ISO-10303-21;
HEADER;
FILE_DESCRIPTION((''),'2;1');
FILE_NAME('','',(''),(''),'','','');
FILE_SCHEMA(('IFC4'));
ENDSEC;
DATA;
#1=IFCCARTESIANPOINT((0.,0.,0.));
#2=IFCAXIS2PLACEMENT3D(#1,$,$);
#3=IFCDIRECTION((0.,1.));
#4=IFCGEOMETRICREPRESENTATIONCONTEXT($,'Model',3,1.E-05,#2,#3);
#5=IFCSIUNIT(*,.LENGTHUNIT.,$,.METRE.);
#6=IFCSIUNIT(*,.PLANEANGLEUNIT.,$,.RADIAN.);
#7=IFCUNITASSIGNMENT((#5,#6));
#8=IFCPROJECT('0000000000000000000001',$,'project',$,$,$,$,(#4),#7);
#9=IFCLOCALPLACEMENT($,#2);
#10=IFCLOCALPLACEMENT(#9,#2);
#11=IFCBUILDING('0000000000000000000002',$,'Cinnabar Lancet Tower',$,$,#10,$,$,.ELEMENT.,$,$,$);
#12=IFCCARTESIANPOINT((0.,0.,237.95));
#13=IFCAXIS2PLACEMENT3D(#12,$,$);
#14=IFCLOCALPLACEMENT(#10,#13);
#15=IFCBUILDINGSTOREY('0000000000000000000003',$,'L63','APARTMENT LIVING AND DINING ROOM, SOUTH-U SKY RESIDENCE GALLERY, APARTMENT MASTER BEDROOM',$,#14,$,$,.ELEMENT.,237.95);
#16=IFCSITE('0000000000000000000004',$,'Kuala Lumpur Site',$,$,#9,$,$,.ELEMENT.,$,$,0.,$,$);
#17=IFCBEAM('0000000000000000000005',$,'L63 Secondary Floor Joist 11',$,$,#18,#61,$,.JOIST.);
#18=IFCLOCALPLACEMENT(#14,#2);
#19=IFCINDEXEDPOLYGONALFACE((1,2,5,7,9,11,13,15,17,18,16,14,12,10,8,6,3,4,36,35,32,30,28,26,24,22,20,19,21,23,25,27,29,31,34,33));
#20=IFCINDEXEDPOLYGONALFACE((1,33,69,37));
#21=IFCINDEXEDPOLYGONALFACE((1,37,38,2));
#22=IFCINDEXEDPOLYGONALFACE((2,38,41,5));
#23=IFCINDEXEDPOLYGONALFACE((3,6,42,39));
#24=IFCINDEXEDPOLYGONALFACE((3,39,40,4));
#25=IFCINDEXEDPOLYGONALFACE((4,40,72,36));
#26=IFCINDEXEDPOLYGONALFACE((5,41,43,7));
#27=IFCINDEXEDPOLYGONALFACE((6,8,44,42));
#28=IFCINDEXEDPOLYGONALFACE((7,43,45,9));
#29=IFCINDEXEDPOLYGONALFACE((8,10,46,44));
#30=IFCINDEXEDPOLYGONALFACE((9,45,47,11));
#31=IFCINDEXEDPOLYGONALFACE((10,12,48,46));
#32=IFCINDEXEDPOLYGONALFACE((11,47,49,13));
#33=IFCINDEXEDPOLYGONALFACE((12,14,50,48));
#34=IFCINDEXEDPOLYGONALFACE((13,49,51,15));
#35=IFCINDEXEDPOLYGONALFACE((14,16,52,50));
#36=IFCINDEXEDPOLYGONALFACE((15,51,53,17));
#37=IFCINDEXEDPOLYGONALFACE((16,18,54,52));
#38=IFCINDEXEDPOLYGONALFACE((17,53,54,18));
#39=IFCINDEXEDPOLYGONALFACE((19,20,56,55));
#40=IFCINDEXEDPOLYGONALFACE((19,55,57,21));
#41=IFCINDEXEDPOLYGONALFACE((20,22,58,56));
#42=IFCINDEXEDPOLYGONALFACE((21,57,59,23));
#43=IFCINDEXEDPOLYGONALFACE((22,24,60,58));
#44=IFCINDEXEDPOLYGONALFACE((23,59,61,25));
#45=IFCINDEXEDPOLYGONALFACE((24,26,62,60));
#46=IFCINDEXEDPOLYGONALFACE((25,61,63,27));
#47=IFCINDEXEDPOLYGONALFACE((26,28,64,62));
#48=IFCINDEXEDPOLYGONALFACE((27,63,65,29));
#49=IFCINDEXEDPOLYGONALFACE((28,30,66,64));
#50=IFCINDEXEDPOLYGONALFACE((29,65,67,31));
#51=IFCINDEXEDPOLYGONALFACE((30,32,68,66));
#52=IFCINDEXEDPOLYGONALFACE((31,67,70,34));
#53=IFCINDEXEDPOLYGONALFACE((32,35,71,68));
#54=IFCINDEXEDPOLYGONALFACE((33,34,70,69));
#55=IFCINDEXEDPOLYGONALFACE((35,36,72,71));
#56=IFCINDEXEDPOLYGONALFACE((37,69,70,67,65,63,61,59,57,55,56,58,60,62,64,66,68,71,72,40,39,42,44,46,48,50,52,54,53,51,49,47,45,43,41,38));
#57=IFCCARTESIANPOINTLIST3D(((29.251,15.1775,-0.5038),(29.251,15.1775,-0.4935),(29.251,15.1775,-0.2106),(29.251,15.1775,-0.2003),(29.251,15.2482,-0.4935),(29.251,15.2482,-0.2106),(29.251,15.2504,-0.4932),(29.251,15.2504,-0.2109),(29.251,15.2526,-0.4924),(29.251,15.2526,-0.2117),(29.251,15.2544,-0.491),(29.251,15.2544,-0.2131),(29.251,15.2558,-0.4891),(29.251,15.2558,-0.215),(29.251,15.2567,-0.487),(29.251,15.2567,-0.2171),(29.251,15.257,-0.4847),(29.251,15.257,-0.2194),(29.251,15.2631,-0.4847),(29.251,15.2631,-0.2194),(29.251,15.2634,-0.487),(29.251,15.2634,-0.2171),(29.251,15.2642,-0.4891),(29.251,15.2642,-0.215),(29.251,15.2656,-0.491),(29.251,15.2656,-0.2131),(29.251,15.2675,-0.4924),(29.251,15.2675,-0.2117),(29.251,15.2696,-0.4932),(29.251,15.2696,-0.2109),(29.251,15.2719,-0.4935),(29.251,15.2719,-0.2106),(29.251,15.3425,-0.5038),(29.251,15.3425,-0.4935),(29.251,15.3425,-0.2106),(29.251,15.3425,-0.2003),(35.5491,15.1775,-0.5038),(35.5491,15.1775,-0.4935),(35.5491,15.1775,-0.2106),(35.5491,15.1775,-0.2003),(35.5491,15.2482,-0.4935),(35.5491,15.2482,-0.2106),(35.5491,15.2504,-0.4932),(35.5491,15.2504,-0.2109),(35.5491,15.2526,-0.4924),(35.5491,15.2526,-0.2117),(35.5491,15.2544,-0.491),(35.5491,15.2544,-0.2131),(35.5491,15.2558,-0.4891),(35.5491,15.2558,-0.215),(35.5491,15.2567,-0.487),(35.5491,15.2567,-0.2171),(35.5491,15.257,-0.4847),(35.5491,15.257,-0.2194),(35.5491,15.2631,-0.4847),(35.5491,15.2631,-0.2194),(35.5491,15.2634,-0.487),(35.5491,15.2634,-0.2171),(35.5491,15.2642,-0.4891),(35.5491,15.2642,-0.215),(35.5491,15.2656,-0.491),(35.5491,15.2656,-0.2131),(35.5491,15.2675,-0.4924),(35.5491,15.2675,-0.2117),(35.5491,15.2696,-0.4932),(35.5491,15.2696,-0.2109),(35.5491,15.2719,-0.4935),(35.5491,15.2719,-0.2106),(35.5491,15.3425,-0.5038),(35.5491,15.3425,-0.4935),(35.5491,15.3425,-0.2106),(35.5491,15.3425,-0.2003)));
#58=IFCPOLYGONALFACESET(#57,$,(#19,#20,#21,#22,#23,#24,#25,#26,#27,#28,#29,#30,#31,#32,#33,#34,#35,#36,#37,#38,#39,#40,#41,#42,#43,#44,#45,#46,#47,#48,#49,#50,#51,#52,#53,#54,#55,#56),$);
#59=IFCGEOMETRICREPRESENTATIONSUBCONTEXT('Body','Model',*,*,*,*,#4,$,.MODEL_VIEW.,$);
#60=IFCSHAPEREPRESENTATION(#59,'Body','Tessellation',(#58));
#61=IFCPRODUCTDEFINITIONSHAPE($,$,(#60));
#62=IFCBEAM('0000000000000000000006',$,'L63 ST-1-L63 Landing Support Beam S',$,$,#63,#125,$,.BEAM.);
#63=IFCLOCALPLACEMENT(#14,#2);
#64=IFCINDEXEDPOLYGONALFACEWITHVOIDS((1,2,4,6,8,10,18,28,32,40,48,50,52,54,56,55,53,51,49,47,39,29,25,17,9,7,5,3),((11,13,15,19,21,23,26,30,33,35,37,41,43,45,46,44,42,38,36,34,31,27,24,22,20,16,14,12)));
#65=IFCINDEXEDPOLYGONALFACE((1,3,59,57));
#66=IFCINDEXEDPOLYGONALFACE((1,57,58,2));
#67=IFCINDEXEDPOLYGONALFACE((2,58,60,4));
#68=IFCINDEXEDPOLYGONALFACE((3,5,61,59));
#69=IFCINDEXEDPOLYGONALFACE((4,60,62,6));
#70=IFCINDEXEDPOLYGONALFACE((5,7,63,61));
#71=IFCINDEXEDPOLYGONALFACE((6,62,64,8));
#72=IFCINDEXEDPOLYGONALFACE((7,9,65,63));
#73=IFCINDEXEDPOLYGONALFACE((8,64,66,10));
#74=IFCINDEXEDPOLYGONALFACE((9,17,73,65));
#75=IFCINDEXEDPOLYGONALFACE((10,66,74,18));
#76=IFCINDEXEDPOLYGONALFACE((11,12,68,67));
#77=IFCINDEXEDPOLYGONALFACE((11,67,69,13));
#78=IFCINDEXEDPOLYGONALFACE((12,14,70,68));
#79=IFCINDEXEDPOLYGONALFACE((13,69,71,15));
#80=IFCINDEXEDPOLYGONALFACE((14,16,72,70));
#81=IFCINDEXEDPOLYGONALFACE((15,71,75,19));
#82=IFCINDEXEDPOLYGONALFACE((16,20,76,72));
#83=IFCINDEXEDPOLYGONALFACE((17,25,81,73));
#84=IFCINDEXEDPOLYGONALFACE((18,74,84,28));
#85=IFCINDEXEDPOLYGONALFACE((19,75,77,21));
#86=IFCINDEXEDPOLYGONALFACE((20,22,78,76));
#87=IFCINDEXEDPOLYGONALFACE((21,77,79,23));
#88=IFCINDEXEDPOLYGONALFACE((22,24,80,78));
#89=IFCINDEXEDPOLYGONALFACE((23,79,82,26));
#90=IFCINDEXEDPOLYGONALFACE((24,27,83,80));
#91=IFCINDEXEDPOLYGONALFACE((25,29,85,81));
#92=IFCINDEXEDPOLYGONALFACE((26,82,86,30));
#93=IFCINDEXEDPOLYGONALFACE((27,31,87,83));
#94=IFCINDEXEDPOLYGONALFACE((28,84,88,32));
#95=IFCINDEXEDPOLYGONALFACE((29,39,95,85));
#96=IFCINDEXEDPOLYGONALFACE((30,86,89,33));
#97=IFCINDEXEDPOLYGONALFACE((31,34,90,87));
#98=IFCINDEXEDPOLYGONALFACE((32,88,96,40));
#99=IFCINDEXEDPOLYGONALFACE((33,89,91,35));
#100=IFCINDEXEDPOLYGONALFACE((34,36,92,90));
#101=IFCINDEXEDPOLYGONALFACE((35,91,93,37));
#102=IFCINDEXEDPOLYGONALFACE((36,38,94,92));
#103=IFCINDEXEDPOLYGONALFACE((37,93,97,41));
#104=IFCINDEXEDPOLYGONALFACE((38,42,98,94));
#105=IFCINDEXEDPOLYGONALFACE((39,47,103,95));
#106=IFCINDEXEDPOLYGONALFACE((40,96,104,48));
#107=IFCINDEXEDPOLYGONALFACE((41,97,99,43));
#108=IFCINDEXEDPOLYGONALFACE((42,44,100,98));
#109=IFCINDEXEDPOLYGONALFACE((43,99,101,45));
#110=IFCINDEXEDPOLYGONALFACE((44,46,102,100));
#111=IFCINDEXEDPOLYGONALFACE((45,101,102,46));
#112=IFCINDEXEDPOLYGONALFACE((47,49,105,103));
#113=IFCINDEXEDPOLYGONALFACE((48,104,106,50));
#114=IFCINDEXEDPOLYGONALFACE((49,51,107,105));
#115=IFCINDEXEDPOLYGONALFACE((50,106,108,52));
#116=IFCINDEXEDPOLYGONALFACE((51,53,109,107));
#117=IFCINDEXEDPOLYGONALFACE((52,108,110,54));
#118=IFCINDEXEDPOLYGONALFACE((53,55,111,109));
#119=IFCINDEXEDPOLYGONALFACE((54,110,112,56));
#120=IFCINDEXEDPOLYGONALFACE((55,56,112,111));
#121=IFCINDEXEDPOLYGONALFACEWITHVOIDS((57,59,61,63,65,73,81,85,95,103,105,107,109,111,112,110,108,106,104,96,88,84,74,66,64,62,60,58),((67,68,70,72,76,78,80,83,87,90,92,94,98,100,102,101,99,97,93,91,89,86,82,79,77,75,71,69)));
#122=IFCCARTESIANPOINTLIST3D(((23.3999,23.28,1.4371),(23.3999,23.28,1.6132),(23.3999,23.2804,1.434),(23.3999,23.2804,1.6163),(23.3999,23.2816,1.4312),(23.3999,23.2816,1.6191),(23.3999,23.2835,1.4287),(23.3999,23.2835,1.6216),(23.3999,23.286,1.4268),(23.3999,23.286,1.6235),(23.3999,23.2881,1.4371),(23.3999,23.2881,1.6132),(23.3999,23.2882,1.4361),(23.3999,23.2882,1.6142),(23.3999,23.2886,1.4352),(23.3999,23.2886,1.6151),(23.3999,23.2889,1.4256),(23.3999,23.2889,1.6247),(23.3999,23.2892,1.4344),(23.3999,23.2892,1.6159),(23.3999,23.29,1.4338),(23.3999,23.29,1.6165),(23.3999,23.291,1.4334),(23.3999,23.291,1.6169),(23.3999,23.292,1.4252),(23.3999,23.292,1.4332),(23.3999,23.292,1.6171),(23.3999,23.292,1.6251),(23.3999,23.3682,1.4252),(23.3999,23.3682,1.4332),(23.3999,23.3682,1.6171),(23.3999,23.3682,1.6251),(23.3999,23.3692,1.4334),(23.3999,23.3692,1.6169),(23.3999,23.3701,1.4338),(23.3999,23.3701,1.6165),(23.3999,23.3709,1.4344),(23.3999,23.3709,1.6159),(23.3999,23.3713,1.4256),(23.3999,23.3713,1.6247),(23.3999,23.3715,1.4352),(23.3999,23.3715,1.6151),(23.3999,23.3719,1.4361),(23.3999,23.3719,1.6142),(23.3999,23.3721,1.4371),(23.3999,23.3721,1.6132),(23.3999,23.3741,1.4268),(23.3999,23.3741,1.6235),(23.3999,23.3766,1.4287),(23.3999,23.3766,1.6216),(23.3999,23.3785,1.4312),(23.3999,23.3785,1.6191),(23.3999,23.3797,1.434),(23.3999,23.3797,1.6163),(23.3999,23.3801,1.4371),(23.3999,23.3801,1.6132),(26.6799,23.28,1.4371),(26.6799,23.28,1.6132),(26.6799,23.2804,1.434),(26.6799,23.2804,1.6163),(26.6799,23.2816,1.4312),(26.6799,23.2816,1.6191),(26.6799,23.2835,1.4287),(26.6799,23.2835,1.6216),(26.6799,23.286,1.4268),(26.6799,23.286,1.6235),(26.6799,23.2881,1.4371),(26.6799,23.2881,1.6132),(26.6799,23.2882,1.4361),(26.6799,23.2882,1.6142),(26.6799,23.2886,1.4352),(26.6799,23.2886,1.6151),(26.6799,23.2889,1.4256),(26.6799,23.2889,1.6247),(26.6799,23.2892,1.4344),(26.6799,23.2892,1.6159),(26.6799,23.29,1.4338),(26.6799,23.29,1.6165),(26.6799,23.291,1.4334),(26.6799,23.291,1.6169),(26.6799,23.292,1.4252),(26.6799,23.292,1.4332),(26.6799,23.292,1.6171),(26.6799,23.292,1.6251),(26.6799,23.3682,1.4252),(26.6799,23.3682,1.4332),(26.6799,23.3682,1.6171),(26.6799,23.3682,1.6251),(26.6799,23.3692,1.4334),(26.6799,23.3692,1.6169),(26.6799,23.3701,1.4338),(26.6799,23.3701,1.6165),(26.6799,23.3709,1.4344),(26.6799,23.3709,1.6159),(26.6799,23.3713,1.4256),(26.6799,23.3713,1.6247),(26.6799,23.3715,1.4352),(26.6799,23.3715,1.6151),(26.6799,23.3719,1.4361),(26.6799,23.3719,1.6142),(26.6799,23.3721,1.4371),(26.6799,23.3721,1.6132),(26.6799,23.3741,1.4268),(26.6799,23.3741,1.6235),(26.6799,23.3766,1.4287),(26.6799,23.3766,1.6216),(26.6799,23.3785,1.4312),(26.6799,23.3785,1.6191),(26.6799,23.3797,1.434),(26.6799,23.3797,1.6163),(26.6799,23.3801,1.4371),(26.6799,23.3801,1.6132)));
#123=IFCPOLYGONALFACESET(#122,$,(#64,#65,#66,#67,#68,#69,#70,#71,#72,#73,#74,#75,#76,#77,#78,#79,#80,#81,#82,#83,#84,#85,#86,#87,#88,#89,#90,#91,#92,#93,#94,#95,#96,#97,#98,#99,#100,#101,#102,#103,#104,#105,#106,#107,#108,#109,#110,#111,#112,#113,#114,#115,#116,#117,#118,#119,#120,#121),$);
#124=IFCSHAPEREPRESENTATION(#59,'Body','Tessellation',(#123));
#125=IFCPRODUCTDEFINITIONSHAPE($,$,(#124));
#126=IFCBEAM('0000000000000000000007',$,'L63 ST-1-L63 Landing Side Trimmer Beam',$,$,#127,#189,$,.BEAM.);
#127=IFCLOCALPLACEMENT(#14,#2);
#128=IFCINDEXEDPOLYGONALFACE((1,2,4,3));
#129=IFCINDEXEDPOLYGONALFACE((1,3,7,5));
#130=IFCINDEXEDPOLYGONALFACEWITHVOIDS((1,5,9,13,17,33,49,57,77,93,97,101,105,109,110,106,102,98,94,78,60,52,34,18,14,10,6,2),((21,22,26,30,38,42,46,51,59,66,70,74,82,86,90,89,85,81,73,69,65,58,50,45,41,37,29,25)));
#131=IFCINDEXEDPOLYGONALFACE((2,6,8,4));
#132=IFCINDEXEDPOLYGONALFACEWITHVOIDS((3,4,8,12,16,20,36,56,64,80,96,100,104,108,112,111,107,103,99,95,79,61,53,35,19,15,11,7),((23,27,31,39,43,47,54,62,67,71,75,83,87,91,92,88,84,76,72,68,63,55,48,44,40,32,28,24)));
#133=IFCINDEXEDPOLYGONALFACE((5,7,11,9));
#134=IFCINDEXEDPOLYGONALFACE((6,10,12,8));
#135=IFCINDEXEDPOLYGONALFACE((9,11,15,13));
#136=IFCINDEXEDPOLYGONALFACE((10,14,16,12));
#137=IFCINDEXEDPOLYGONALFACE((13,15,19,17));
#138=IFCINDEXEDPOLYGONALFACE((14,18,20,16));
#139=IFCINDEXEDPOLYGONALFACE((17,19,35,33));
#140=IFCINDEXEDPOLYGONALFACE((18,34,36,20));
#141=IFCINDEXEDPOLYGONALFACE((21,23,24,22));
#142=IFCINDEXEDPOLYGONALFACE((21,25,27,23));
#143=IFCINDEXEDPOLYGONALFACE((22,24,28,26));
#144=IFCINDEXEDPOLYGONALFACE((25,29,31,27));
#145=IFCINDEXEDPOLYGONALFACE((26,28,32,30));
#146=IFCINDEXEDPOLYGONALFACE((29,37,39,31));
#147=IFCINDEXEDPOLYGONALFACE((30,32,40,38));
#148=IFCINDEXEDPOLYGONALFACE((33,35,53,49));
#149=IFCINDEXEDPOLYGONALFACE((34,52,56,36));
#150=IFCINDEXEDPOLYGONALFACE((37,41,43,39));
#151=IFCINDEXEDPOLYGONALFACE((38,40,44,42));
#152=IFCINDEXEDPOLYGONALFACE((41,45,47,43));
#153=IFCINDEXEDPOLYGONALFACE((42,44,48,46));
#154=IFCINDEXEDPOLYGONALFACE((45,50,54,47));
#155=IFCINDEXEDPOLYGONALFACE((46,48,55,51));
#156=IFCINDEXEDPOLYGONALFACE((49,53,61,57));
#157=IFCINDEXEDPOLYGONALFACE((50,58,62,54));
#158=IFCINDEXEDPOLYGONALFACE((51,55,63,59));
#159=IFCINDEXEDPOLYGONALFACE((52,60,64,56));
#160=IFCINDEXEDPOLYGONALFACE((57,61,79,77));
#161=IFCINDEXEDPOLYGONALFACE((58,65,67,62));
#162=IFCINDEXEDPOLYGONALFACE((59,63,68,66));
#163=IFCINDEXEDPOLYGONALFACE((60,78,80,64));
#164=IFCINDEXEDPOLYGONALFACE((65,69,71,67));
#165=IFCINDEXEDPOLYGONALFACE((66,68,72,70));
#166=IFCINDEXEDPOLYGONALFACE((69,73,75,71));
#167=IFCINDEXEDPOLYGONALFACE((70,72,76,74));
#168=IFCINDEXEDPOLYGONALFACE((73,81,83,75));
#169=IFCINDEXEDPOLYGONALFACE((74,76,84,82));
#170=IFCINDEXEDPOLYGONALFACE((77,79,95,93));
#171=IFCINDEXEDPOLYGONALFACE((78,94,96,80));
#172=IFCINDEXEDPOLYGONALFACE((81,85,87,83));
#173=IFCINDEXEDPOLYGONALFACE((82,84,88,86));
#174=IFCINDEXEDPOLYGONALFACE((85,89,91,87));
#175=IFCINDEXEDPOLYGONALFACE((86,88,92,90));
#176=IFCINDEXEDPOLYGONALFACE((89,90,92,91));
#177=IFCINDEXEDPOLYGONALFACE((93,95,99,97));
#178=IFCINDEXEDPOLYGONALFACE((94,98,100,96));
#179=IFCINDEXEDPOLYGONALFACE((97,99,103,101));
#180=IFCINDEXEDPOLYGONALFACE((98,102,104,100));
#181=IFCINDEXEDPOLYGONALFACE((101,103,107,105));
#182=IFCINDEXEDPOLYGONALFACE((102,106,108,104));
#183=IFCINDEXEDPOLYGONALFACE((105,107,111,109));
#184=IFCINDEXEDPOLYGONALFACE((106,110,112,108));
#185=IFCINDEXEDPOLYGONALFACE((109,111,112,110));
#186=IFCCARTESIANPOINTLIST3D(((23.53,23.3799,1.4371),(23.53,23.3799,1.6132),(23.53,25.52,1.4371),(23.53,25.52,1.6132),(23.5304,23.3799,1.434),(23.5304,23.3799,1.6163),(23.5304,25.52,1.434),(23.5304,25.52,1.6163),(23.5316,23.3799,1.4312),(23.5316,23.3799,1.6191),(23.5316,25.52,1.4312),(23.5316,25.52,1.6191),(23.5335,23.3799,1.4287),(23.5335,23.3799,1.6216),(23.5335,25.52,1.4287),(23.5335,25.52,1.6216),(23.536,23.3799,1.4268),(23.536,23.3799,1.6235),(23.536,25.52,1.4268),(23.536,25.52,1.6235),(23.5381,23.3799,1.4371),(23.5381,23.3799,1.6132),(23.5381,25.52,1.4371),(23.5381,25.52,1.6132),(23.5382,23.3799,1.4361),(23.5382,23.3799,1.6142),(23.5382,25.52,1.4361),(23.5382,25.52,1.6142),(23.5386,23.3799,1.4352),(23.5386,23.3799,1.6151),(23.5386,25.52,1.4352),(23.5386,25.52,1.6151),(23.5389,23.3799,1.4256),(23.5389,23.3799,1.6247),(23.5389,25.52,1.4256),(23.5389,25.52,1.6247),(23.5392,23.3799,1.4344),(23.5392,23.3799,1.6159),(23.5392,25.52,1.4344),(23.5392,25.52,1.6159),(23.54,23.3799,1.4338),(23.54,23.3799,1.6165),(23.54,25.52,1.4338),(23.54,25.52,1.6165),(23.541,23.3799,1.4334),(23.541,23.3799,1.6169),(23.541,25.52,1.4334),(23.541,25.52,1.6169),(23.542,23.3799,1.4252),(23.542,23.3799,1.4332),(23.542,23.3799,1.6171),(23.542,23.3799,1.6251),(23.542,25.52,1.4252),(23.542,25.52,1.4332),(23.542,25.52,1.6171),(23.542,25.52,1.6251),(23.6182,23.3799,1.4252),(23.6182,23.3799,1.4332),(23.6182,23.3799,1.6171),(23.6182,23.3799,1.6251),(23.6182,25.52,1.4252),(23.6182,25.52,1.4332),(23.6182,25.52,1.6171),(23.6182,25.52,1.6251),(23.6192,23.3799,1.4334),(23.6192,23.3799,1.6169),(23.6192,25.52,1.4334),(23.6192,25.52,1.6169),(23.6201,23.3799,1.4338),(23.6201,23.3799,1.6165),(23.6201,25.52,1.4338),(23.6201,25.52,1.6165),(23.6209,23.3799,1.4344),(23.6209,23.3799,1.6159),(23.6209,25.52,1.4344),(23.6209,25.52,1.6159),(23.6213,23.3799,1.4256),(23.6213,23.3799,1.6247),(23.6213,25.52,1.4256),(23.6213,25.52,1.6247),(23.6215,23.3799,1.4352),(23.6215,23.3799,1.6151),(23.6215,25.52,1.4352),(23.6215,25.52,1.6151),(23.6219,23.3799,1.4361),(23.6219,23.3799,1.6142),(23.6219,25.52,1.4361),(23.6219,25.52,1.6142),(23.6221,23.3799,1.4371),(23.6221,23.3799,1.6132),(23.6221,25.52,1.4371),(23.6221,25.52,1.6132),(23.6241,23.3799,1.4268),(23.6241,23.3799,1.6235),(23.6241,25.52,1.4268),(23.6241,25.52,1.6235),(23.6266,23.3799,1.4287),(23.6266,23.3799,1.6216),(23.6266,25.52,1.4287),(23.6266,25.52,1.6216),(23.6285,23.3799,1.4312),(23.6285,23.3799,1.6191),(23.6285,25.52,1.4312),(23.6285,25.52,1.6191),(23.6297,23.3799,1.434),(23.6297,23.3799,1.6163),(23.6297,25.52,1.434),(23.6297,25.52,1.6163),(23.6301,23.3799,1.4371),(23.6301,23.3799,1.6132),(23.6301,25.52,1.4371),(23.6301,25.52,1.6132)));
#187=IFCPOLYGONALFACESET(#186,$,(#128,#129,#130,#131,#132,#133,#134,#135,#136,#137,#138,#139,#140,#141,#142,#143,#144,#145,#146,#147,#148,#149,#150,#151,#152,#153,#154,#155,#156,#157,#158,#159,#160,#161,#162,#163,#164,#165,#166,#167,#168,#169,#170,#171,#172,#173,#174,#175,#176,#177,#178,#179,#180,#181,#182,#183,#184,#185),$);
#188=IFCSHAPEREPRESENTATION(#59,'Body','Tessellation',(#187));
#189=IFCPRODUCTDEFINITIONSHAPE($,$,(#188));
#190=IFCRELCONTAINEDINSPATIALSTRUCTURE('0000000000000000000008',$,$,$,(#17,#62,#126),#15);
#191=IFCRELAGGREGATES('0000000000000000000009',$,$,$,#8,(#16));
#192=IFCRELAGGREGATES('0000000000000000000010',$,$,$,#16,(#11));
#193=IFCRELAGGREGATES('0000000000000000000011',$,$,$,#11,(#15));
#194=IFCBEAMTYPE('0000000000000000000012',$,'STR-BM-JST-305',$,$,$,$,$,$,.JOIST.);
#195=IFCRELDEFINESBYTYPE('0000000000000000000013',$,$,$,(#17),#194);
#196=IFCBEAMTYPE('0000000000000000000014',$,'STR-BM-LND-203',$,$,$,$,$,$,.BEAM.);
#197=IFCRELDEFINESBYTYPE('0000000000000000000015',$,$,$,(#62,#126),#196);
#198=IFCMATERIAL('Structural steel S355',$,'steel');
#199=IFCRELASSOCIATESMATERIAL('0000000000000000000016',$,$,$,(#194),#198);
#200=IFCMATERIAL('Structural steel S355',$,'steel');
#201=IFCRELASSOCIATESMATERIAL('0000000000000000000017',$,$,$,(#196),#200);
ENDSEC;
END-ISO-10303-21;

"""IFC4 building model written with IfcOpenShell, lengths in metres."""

from ifc_helpers import new_model, si_unit, direction, frame, origin, origin_2d, place, context, subcontext, project, spatial, hollow_rectangle, i_section, extrude, material, material_profile, profile_set, type_object, element, save


model = new_model("IFC4")

# Units and contexts
model_context = context("Model", 3, precision=1e-05, world=origin(), true_north=direction((0.0, 1.0)))
body_context = subcontext(model_context, "Body", "Model", "MODEL_VIEW")
ifc_project = project(units=[si_unit("LENGTHUNIT", "METRE"), si_unit("PLANEANGLEUNIT", "RADIAN")], contexts=[model_context])

# Site, building, storey
site_placement = place(None, origin())
site = spatial("IfcSite", under=ifc_project, at=site_placement, Name="Kuala Lumpur Site", CompositionType="ELEMENT", RefElevation=0.0)
building_placement = place(site_placement, origin())
building = spatial("IfcBuilding", under=site, at=building_placement, Name="Cinnabar Lancet Tower", CompositionType="ELEMENT")
storey_placement = place(building_placement, frame((0.0, 0.0, 237.95)))
storey = spatial("IfcBuildingStorey", under=building, at=storey_placement, Name="L63", Description="APARTMENT LIVING AND DINING ROOM, SOUTH-U SKY RESIDENCE GALLERY, APARTMENT MASTER BEDROOM", CompositionType="ELEMENT", Elevation=237.95)

# Beams
ifc_material_1 = material(Name="Structural steel S355", Category="steel")
ifc_material_profile_1 = material_profile(ifc_material_1, i_section(OverallWidth=0.165, OverallDepth=0.3035, WebThickness=0.0061, FlangeThickness=0.0103, FilletRadius=0.0088, at=origin_2d()), Name="UKB 305x165x40")
ifc_profile_set_1 = profile_set([ifc_material_profile_1], Name="Structural steel S355")
beam_type_1 = type_object("IfcBeamType", Name="STR-BM-JST-305", PredefinedType="JOIST", material=ifc_profile_set_1)
beam_1_placement = place(storey_placement, frame((29.251, 15.26, -0.3521), z_axis=(1.0, 0.0, 0.0), x_axis=(0.0, 1.0, 0.0)))
element("IfcBeam", 1, at=beam_1_placement, inside=storey, type_object=beam_type_1, Name="L63 Secondary Floor Joist 11", PredefinedType="JOIST", context=body_context, shape_type="SweptSolid", body=[
    extrude(i_section(OverallWidth=0.165, OverallDepth=0.3035, WebThickness=0.0061, FlangeThickness=0.0103, FilletRadius=0.0088, at=origin_2d()), origin(), (0.0, 0.0, 1.0), 6.2981),
])
ifc_material_2 = material(Name="Structural steel S355", Category="steel")
ifc_material_profile_2 = material_profile(ifc_material_2, hollow_rectangle(XDim=0.1001, YDim=0.2, WallThickness=0.0081, InnerFilletRadius=0.0039, OuterFilletRadius=0.012, at=origin_2d()), Name="RHS 200x100x8")
ifc_profile_set_2 = profile_set([ifc_material_profile_2], Name="Structural steel S355")
beam_type_2 = type_object("IfcBeamType", Name="STR-BM-LND-203", PredefinedType="BEAM", material=ifc_profile_set_2)
beam_2_placement = place(storey_placement, frame((23.3999, 23.3301, 1.5251), z_axis=(1.0, 0.0, 0.0), x_axis=(0.0, 1.0, 0.0)))
element("IfcBeam", 2, at=beam_2_placement, inside=storey, type_object=beam_type_2, Name="L63 ST-1-L63 Landing Support Beam S", PredefinedType="BEAM", context=body_context, shape_type="SweptSolid", body=[
    extrude(hollow_rectangle(XDim=0.1001, YDim=0.2, WallThickness=0.0081, InnerFilletRadius=0.0039, OuterFilletRadius=0.012, at=origin_2d()), origin(), (0.0, 0.0, 1.0), 3.28),
])
beam_3_placement = place(storey_placement, frame((23.5801, 23.3799, 1.5251), z_axis=(0.0, 1.0, 0.0), x_axis=(-1.0, 0.0, 0.0)))
element("IfcBeam", 3, at=beam_3_placement, inside=storey, type_object=beam_type_2, Name="L63 ST-1-L63 Landing Side Trimmer Beam", PredefinedType="BEAM", context=body_context, shape_type="SweptSolid", body=[
    extrude(hollow_rectangle(XDim=0.1001, YDim=0.2, WallThickness=0.0081, InnerFilletRadius=0.0039, OuterFilletRadius=0.012, at=origin_2d()), origin(), (0.0, 0.0, 1.0), 2.1401),
])

save(model, "model.ifc")
